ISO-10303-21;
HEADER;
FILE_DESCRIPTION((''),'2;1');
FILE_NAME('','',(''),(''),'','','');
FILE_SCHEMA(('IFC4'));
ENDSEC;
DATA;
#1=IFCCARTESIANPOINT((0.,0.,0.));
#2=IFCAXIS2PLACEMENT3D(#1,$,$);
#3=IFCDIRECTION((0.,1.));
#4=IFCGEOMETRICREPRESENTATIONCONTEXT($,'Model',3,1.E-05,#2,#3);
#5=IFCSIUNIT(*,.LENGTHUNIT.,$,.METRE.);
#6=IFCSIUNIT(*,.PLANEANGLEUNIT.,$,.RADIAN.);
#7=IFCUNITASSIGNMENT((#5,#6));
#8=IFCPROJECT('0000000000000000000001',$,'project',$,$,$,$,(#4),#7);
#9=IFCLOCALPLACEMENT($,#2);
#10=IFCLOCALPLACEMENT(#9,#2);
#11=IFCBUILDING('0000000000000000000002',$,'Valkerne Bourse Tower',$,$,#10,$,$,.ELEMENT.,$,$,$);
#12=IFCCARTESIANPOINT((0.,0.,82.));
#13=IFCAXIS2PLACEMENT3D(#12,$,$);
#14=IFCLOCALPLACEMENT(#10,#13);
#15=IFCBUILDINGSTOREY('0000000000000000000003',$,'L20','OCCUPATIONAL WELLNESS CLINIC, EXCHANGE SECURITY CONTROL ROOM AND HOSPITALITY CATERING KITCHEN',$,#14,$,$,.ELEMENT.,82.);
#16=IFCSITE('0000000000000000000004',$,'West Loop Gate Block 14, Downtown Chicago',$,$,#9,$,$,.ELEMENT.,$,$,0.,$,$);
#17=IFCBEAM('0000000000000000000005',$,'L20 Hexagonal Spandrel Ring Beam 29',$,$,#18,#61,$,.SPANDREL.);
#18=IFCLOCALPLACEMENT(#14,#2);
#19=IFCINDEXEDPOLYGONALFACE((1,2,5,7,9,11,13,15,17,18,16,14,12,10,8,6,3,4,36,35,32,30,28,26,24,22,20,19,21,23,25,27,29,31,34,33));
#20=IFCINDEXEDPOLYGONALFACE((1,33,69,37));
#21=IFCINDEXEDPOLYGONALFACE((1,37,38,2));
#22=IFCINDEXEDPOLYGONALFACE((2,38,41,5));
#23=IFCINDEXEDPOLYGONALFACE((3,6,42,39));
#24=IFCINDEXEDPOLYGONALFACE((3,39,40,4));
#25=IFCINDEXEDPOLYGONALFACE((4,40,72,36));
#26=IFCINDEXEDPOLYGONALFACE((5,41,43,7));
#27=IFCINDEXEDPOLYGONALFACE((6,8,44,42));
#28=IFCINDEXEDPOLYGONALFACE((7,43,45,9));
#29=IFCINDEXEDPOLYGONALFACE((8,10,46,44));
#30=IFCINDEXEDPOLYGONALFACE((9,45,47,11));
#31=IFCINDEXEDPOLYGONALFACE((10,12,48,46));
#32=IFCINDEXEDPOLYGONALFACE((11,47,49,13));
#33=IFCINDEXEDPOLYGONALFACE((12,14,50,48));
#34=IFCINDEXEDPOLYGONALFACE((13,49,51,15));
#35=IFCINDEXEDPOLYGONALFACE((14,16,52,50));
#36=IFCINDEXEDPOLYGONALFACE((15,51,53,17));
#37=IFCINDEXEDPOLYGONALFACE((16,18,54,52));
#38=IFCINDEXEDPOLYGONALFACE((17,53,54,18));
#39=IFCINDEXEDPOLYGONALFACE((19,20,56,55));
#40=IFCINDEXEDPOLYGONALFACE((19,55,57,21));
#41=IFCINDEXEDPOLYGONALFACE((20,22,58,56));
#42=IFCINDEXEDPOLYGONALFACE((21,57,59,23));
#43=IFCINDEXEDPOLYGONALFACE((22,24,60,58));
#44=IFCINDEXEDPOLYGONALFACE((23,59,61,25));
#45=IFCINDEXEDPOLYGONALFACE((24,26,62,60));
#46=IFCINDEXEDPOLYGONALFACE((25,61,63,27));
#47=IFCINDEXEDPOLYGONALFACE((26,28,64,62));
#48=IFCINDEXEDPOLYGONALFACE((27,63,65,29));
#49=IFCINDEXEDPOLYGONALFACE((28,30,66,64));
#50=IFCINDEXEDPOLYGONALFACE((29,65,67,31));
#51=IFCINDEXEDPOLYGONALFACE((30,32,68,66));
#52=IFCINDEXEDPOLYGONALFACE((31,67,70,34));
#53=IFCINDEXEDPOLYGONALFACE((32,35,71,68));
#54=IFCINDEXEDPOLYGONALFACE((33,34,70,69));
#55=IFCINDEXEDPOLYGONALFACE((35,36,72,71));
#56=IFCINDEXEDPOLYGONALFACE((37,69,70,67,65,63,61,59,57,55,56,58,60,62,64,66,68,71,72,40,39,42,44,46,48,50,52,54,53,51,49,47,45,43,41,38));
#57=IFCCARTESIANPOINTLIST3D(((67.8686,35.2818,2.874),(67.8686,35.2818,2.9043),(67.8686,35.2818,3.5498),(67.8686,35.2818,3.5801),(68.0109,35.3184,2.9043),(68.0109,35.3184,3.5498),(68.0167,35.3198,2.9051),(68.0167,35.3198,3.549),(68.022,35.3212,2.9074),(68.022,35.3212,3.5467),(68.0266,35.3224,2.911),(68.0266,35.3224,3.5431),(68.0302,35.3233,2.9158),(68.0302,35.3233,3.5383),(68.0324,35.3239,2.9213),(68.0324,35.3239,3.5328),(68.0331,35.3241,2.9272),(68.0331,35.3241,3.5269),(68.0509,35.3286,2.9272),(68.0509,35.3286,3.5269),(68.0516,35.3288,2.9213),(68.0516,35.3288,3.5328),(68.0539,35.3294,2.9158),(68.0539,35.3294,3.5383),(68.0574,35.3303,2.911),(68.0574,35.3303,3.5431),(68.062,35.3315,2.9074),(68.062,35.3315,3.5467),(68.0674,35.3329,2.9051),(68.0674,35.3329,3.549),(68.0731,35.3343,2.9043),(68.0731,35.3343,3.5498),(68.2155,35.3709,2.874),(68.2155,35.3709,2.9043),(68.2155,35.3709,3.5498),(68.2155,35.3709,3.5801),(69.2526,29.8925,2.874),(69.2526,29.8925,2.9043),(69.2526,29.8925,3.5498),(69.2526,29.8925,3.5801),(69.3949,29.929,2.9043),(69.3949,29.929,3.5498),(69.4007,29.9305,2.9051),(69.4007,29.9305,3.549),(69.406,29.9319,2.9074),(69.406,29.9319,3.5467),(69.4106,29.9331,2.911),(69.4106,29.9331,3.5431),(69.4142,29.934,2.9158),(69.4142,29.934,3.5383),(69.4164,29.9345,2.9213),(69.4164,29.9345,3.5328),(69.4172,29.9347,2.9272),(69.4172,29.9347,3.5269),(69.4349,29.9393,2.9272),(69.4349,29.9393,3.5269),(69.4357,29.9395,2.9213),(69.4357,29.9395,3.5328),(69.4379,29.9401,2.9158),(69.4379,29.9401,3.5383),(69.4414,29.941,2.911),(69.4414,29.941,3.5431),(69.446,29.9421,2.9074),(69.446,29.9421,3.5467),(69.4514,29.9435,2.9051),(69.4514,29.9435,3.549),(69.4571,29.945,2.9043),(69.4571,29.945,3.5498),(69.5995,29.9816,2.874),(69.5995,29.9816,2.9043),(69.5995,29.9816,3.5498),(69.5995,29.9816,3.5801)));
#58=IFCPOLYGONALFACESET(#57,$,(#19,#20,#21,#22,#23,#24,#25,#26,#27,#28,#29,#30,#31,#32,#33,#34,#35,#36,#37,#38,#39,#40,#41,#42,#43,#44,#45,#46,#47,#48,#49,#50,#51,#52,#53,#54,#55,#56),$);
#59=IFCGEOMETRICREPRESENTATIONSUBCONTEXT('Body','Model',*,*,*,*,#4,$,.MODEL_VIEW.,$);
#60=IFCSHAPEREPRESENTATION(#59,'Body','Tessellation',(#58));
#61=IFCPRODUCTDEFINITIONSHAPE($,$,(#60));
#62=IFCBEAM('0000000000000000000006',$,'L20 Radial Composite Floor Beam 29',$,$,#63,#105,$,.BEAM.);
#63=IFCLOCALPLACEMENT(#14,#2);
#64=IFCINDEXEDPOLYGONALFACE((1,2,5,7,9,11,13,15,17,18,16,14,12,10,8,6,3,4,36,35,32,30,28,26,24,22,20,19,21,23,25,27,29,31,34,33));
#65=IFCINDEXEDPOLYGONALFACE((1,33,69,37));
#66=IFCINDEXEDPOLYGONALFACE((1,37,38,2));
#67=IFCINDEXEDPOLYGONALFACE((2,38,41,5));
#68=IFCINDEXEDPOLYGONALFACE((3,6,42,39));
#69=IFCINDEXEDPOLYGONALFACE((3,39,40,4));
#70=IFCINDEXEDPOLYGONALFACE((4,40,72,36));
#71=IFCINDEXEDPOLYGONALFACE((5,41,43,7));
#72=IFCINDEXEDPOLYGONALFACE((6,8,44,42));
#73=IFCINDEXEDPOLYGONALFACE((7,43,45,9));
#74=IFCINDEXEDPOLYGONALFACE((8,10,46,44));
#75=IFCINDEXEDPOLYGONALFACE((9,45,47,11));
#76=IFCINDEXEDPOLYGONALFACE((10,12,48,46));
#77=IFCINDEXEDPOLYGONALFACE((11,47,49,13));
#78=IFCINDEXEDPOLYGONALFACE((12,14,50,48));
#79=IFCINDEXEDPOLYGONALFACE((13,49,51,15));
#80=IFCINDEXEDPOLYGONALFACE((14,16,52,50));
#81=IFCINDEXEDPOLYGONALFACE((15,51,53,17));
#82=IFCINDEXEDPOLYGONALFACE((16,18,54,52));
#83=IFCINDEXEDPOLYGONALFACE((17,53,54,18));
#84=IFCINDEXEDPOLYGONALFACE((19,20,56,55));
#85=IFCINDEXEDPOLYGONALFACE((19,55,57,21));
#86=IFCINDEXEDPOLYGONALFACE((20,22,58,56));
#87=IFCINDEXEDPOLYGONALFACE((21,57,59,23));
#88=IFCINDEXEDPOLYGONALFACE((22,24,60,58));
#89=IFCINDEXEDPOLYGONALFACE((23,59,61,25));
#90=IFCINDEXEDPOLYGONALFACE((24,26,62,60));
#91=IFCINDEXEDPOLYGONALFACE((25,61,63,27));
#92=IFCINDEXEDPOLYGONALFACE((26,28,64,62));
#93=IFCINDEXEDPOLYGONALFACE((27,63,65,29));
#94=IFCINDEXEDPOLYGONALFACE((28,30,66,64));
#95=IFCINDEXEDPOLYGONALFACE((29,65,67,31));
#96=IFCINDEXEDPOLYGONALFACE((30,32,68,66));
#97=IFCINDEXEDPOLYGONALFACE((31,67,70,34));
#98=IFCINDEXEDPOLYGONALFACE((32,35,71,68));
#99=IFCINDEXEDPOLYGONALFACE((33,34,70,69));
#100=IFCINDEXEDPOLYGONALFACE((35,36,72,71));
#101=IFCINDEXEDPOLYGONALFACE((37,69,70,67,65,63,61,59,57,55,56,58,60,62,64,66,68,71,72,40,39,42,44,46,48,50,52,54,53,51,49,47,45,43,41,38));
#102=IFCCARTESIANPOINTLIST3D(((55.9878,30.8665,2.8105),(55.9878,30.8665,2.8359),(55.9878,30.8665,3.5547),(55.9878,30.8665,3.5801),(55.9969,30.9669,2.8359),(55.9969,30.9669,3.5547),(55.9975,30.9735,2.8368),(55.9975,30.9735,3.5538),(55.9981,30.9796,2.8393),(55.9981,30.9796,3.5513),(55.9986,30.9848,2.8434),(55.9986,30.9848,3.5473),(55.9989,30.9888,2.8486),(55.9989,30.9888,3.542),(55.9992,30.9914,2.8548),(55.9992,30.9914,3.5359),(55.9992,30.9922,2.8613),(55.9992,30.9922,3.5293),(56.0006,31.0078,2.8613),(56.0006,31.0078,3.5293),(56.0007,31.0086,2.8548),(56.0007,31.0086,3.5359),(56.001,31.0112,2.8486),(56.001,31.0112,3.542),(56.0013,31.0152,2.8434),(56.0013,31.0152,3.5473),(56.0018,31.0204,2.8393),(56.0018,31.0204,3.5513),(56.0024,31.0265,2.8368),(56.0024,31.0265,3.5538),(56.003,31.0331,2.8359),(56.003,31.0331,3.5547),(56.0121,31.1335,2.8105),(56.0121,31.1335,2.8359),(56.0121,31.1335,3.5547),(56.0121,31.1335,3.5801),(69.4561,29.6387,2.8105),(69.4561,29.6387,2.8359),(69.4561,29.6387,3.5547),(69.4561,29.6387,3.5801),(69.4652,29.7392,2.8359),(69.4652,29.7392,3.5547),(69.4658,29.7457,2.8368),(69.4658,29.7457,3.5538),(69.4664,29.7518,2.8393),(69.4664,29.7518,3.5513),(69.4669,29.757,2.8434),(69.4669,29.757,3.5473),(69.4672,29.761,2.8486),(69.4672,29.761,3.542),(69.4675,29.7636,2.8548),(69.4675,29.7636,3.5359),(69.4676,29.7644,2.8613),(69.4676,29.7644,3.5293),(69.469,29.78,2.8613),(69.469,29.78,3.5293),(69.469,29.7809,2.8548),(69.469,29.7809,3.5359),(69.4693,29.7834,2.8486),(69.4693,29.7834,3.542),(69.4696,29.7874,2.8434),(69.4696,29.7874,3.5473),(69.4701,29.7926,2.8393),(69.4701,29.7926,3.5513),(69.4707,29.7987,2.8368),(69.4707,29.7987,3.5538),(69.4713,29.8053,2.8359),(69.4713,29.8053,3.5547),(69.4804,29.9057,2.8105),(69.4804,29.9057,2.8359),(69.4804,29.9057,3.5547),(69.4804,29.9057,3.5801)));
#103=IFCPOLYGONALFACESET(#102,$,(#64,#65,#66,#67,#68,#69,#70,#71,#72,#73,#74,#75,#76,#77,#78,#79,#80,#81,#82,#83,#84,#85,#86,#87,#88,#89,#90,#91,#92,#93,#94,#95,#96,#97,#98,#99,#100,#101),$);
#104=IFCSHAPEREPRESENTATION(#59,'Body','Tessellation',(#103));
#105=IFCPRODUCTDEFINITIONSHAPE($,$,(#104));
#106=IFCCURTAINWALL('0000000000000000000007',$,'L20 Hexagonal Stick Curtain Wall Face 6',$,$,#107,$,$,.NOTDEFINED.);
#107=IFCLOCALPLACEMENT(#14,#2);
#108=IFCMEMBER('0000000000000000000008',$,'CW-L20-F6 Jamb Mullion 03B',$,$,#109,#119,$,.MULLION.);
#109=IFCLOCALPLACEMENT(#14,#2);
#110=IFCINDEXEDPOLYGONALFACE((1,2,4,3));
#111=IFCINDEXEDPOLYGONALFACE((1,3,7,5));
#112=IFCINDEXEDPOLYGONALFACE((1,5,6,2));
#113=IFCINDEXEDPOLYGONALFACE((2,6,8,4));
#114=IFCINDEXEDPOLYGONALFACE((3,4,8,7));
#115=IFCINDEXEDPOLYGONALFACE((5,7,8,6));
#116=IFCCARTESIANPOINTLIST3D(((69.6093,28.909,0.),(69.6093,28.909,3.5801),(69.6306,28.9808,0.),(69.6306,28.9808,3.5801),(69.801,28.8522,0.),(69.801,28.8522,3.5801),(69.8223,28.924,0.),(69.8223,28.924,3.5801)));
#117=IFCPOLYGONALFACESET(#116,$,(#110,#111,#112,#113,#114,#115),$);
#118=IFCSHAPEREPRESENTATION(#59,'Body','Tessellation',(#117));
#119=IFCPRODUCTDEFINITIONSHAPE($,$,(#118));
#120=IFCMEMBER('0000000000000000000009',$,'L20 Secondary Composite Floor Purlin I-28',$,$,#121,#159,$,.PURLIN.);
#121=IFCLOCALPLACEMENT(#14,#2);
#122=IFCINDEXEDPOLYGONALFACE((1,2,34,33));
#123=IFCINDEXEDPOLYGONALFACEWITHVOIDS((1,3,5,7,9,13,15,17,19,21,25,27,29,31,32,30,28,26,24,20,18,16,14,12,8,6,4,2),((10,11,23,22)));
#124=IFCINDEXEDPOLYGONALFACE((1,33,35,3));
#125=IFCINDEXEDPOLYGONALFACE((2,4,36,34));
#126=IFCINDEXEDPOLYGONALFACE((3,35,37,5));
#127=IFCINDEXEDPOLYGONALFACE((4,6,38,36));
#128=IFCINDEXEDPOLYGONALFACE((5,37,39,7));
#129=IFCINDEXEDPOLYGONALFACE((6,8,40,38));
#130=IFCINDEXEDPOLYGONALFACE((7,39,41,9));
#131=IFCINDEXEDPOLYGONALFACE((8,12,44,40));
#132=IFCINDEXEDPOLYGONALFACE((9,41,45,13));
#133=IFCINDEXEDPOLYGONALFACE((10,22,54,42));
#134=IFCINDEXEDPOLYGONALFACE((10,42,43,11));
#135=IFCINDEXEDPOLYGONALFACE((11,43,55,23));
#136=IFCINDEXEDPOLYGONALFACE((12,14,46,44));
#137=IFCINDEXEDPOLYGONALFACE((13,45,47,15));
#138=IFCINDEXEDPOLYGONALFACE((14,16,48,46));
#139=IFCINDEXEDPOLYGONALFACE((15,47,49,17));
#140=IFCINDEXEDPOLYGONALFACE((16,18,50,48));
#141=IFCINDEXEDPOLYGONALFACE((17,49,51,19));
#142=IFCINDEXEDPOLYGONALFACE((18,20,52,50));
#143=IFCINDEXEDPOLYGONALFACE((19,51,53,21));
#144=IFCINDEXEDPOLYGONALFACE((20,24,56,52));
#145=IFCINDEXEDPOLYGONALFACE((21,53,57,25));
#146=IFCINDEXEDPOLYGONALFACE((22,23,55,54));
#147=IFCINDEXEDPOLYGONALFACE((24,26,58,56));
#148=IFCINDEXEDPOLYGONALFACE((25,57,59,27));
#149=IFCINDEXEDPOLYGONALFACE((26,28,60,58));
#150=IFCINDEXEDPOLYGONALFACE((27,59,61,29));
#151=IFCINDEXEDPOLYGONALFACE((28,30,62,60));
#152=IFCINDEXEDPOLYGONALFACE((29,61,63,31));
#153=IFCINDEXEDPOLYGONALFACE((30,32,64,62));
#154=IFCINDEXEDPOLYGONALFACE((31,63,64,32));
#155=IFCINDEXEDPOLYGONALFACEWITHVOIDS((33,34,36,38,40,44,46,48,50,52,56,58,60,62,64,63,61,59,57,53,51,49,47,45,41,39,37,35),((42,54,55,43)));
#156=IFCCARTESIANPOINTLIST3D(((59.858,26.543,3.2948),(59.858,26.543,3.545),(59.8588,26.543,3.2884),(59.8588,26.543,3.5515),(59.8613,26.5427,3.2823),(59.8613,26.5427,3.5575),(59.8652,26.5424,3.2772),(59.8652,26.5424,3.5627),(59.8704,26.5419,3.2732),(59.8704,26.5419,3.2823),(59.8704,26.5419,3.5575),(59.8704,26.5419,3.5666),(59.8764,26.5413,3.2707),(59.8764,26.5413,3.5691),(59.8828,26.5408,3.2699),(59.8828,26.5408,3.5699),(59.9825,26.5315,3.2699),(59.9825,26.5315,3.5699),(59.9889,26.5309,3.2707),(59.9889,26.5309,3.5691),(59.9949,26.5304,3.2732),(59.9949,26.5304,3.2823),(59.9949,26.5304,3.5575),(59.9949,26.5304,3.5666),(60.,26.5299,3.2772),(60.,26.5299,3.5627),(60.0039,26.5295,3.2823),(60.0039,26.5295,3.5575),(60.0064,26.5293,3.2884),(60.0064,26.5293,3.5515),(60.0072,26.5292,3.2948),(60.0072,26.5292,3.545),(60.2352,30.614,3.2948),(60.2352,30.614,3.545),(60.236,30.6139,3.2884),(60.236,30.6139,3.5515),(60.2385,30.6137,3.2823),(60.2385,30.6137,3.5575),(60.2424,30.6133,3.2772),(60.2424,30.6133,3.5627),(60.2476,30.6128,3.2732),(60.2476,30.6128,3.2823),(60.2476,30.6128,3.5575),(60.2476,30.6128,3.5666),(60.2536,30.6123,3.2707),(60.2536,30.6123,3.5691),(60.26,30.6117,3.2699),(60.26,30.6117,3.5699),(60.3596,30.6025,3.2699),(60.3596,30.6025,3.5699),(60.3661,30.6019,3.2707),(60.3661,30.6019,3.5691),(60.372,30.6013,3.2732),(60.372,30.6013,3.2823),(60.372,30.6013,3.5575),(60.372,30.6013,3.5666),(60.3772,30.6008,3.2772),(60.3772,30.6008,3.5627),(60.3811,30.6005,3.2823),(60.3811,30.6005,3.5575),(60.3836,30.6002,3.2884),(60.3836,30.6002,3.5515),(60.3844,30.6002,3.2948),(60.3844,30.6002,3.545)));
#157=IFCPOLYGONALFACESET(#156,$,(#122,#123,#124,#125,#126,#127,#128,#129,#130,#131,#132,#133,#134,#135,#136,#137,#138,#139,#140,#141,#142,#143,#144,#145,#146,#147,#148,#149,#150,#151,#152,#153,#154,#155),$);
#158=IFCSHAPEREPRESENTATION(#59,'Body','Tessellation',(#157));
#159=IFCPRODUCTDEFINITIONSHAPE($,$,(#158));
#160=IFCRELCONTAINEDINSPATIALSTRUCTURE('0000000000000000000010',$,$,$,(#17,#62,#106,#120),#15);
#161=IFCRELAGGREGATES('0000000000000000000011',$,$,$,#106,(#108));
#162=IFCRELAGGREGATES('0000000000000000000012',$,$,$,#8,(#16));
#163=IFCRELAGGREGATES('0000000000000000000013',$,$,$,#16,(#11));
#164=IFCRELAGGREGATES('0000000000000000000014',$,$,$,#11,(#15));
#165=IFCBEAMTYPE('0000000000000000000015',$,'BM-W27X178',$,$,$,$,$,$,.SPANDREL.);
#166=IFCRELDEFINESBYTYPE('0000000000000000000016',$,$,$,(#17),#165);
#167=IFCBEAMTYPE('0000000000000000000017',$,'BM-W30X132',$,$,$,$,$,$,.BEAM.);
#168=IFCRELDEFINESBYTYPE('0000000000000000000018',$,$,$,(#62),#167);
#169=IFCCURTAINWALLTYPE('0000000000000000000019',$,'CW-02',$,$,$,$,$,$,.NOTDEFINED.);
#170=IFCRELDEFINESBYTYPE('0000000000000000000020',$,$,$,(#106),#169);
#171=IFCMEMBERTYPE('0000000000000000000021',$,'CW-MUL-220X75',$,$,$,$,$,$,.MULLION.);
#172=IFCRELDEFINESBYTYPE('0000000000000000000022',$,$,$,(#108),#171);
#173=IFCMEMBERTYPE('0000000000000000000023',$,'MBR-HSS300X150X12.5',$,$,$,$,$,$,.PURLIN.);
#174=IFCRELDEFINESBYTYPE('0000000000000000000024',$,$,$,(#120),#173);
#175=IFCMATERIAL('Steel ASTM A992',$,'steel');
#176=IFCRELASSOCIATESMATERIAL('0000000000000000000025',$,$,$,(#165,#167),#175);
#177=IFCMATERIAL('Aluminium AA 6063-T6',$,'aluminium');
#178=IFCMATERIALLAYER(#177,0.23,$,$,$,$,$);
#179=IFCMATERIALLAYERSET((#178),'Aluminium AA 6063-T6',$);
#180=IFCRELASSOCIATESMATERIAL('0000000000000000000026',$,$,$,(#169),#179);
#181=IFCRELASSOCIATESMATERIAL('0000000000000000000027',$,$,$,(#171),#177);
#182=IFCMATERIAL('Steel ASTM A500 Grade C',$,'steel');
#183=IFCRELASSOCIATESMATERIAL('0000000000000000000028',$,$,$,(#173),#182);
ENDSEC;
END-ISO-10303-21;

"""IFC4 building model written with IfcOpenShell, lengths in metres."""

from ifc_helpers import new_model, si_unit, direction, frame, origin, origin_2d, place, context, subcontext, project, spatial, rectangle, hollow_rectangle, i_section, extrude, material, layer, layer_set, material_profile, profile_set, type_object, element, aggregate, save


model = new_model("IFC4")

# Units and contexts
model_context = context("Model", 3, precision=1e-05, world=origin(), true_north=direction((0.0, 1.0)))
body_context = subcontext(model_context, "Body", "Model", "MODEL_VIEW")
ifc_project = project(units=[si_unit("LENGTHUNIT", "METRE"), si_unit("PLANEANGLEUNIT", "RADIAN")], contexts=[model_context])

# Site, building, storey
site_placement = place(None, origin())
site = spatial("IfcSite", under=ifc_project, at=site_placement, Name="West Loop Gate Block 14, Downtown Chicago", CompositionType="ELEMENT", RefElevation=0.0)
building_placement = place(site_placement, origin())
building = spatial("IfcBuilding", under=site, at=building_placement, Name="Valkerne Bourse Tower", CompositionType="ELEMENT")
storey_placement = place(building_placement, frame((0.0, 0.0, 82.0)))
storey = spatial("IfcBuildingStorey", under=building, at=storey_placement, Name="L20", Description="OCCUPATIONAL WELLNESS CLINIC, EXCHANGE SECURITY CONTROL ROOM AND HOSPITALITY CATERING KITCHEN", CompositionType="ELEMENT", Elevation=82.0)

# Beams
ifc_material_1 = material(Name="Steel ASTM A992", Category="steel")
ifc_material_profile_1 = material_profile(ifc_material_1, i_section(OverallWidth=0.3582, OverallDepth=0.7061, WebThickness=0.0183, FlangeThickness=0.0303, FilletRadius=0.0229, at=origin_2d()), Name="W27X178")
ifc_profile_set_1 = profile_set([ifc_material_profile_1], Name="Steel ASTM A992")
beam_type_1 = type_object("IfcBeamType", Name="BM-W27X178", PredefinedType="SPANDREL", material=ifc_profile_set_1)
beam_1_placement = place(storey_placement, frame((69.426, 29.937, 3.2271), z_axis=(-0.248735, 0.968571, 0.0), x_axis=(-0.968571, -0.248735, 0.0)))
element("IfcBeam", 1, at=beam_1_placement, inside=storey, type_object=beam_type_1, Name="L20 Hexagonal Spandrel Ring Beam 29", PredefinedType="SPANDREL", context=body_context, shape_type="SweptSolid", body=[
    extrude(i_section(OverallWidth=0.3582, OverallDepth=0.7061, WebThickness=0.0183, FlangeThickness=0.0303, FilletRadius=0.0229, at=origin_2d()), origin(), (0.0, 0.0, 1.0), 5.5642),
])
ifc_material_profile_2 = material_profile(ifc_material_1, i_section(OverallWidth=0.2681, OverallDepth=0.7695, WebThickness=0.0156, FlangeThickness=0.0254, FilletRadius=0.0254, at=origin_2d()), Name="W30X132")
ifc_profile_set_2 = profile_set([ifc_material_profile_2], Name="Steel ASTM A992")
beam_type_2 = type_object("IfcBeamType", Name="BM-W30X132", PredefinedType="BEAM", material=ifc_profile_set_2)
beam_2_placement = place(storey_placement, frame((69.4683, 29.7722, 3.1953), z_axis=(-0.995871, 0.090785, 0.0), x_axis=(-0.090785, -0.995871, 0.0)))
element("IfcBeam", 2, at=beam_2_placement, inside=storey, type_object=beam_type_2, Name="L20 Radial Composite Floor Beam 29", PredefinedType="BEAM", context=body_context, shape_type="SweptSolid", body=[
    extrude(i_section(OverallWidth=0.2681, OverallDepth=0.7695, WebThickness=0.0156, FlangeThickness=0.0254, FilletRadius=0.0254, at=origin_2d()), origin(), (0.0, 0.0, 1.0), 13.5242),
])

# Curtain wall, member
ifc_material_2 = material(Name="Aluminium AA 6063-T6", Category="aluminium")
ifc_layer_1 = layer(ifc_material_2, 0.23)
ifc_layer_set_1 = layer_set([ifc_layer_1], Name="Aluminium AA 6063-T6")
curtain_wall_type = type_object("IfcCurtainWallType", Name="CW-02", PredefinedType="NOTDEFINED", material=ifc_layer_set_1)
curtain_wall_placement = place(storey_placement, origin())
curtain_wall = element("IfcCurtainWall", 3, at=curtain_wall_placement, inside=storey, type_object=curtain_wall_type, Name="L20 Hexagonal Stick Curtain Wall Face 6", PredefinedType="NOTDEFINED")
ifc_material_profile_3 = material_profile(ifc_material_2, rectangle(XDim=0.075, YDim=0.2, at=origin_2d()), Name="CWM-75X200")
ifc_profile_set_3 = profile_set([ifc_material_profile_3], Name="Aluminium AA 6063-T6")
member_type_1 = type_object("IfcMemberType", Name="CW-MUL-220X75", PredefinedType="MULLION", material=ifc_profile_set_3)
member_1_placement = place(storey_placement, frame((69.7158, 28.9165, 0.0), z_axis=(0.0, 0.0, 1.0), x_axis=(0.284008, 0.958822, 0.0)))
member_1 = element("IfcMember", 4, at=member_1_placement, type_object=member_type_1, Name="CW-L20-F6 Jamb Mullion 03B", PredefinedType="MULLION", context=body_context, shape_type="SweptSolid", body=[
    extrude(rectangle(XDim=0.075, YDim=0.2, at=origin_2d()), origin(), (0.0, 0.0, 1.0), 3.5801),
])

# Member
ifc_material_3 = material(Name="Steel ASTM A500 Grade C", Category="steel")
ifc_material_profile_4 = material_profile(ifc_material_3, hollow_rectangle(XDim=0.1499, YDim=0.3, WallThickness=0.0125, OuterFilletRadius=0.0249, at=origin_2d()), Name="HSS300X150X12.5")
ifc_profile_set_4 = profile_set([ifc_material_profile_4], Name="Steel ASTM A500 Grade C")
member_type_2 = type_object("IfcMemberType", Name="MBR-HSS300X150X12.5", PredefinedType="PURLIN", material=ifc_profile_set_4)
member_2_placement = place(storey_placement, frame((59.9326, 26.5361, 3.4199), z_axis=(0.092259, 0.995735, 0.0), x_axis=(-0.995735, 0.092259, 0.0)))
element("IfcMember", 5, at=member_2_placement, inside=storey, type_object=member_type_2, Name="L20 Secondary Composite Floor Purlin I-28", PredefinedType="PURLIN", context=body_context, shape_type="SweptSolid", body=[
    extrude(hollow_rectangle(XDim=0.1499, YDim=0.3, WallThickness=0.0125, OuterFilletRadius=0.0249, at=origin_2d()), origin(), (0.0, 0.0, 1.0), 4.0884),
])

aggregate(curtain_wall, [member_1])

save(model, "model.ifc")
